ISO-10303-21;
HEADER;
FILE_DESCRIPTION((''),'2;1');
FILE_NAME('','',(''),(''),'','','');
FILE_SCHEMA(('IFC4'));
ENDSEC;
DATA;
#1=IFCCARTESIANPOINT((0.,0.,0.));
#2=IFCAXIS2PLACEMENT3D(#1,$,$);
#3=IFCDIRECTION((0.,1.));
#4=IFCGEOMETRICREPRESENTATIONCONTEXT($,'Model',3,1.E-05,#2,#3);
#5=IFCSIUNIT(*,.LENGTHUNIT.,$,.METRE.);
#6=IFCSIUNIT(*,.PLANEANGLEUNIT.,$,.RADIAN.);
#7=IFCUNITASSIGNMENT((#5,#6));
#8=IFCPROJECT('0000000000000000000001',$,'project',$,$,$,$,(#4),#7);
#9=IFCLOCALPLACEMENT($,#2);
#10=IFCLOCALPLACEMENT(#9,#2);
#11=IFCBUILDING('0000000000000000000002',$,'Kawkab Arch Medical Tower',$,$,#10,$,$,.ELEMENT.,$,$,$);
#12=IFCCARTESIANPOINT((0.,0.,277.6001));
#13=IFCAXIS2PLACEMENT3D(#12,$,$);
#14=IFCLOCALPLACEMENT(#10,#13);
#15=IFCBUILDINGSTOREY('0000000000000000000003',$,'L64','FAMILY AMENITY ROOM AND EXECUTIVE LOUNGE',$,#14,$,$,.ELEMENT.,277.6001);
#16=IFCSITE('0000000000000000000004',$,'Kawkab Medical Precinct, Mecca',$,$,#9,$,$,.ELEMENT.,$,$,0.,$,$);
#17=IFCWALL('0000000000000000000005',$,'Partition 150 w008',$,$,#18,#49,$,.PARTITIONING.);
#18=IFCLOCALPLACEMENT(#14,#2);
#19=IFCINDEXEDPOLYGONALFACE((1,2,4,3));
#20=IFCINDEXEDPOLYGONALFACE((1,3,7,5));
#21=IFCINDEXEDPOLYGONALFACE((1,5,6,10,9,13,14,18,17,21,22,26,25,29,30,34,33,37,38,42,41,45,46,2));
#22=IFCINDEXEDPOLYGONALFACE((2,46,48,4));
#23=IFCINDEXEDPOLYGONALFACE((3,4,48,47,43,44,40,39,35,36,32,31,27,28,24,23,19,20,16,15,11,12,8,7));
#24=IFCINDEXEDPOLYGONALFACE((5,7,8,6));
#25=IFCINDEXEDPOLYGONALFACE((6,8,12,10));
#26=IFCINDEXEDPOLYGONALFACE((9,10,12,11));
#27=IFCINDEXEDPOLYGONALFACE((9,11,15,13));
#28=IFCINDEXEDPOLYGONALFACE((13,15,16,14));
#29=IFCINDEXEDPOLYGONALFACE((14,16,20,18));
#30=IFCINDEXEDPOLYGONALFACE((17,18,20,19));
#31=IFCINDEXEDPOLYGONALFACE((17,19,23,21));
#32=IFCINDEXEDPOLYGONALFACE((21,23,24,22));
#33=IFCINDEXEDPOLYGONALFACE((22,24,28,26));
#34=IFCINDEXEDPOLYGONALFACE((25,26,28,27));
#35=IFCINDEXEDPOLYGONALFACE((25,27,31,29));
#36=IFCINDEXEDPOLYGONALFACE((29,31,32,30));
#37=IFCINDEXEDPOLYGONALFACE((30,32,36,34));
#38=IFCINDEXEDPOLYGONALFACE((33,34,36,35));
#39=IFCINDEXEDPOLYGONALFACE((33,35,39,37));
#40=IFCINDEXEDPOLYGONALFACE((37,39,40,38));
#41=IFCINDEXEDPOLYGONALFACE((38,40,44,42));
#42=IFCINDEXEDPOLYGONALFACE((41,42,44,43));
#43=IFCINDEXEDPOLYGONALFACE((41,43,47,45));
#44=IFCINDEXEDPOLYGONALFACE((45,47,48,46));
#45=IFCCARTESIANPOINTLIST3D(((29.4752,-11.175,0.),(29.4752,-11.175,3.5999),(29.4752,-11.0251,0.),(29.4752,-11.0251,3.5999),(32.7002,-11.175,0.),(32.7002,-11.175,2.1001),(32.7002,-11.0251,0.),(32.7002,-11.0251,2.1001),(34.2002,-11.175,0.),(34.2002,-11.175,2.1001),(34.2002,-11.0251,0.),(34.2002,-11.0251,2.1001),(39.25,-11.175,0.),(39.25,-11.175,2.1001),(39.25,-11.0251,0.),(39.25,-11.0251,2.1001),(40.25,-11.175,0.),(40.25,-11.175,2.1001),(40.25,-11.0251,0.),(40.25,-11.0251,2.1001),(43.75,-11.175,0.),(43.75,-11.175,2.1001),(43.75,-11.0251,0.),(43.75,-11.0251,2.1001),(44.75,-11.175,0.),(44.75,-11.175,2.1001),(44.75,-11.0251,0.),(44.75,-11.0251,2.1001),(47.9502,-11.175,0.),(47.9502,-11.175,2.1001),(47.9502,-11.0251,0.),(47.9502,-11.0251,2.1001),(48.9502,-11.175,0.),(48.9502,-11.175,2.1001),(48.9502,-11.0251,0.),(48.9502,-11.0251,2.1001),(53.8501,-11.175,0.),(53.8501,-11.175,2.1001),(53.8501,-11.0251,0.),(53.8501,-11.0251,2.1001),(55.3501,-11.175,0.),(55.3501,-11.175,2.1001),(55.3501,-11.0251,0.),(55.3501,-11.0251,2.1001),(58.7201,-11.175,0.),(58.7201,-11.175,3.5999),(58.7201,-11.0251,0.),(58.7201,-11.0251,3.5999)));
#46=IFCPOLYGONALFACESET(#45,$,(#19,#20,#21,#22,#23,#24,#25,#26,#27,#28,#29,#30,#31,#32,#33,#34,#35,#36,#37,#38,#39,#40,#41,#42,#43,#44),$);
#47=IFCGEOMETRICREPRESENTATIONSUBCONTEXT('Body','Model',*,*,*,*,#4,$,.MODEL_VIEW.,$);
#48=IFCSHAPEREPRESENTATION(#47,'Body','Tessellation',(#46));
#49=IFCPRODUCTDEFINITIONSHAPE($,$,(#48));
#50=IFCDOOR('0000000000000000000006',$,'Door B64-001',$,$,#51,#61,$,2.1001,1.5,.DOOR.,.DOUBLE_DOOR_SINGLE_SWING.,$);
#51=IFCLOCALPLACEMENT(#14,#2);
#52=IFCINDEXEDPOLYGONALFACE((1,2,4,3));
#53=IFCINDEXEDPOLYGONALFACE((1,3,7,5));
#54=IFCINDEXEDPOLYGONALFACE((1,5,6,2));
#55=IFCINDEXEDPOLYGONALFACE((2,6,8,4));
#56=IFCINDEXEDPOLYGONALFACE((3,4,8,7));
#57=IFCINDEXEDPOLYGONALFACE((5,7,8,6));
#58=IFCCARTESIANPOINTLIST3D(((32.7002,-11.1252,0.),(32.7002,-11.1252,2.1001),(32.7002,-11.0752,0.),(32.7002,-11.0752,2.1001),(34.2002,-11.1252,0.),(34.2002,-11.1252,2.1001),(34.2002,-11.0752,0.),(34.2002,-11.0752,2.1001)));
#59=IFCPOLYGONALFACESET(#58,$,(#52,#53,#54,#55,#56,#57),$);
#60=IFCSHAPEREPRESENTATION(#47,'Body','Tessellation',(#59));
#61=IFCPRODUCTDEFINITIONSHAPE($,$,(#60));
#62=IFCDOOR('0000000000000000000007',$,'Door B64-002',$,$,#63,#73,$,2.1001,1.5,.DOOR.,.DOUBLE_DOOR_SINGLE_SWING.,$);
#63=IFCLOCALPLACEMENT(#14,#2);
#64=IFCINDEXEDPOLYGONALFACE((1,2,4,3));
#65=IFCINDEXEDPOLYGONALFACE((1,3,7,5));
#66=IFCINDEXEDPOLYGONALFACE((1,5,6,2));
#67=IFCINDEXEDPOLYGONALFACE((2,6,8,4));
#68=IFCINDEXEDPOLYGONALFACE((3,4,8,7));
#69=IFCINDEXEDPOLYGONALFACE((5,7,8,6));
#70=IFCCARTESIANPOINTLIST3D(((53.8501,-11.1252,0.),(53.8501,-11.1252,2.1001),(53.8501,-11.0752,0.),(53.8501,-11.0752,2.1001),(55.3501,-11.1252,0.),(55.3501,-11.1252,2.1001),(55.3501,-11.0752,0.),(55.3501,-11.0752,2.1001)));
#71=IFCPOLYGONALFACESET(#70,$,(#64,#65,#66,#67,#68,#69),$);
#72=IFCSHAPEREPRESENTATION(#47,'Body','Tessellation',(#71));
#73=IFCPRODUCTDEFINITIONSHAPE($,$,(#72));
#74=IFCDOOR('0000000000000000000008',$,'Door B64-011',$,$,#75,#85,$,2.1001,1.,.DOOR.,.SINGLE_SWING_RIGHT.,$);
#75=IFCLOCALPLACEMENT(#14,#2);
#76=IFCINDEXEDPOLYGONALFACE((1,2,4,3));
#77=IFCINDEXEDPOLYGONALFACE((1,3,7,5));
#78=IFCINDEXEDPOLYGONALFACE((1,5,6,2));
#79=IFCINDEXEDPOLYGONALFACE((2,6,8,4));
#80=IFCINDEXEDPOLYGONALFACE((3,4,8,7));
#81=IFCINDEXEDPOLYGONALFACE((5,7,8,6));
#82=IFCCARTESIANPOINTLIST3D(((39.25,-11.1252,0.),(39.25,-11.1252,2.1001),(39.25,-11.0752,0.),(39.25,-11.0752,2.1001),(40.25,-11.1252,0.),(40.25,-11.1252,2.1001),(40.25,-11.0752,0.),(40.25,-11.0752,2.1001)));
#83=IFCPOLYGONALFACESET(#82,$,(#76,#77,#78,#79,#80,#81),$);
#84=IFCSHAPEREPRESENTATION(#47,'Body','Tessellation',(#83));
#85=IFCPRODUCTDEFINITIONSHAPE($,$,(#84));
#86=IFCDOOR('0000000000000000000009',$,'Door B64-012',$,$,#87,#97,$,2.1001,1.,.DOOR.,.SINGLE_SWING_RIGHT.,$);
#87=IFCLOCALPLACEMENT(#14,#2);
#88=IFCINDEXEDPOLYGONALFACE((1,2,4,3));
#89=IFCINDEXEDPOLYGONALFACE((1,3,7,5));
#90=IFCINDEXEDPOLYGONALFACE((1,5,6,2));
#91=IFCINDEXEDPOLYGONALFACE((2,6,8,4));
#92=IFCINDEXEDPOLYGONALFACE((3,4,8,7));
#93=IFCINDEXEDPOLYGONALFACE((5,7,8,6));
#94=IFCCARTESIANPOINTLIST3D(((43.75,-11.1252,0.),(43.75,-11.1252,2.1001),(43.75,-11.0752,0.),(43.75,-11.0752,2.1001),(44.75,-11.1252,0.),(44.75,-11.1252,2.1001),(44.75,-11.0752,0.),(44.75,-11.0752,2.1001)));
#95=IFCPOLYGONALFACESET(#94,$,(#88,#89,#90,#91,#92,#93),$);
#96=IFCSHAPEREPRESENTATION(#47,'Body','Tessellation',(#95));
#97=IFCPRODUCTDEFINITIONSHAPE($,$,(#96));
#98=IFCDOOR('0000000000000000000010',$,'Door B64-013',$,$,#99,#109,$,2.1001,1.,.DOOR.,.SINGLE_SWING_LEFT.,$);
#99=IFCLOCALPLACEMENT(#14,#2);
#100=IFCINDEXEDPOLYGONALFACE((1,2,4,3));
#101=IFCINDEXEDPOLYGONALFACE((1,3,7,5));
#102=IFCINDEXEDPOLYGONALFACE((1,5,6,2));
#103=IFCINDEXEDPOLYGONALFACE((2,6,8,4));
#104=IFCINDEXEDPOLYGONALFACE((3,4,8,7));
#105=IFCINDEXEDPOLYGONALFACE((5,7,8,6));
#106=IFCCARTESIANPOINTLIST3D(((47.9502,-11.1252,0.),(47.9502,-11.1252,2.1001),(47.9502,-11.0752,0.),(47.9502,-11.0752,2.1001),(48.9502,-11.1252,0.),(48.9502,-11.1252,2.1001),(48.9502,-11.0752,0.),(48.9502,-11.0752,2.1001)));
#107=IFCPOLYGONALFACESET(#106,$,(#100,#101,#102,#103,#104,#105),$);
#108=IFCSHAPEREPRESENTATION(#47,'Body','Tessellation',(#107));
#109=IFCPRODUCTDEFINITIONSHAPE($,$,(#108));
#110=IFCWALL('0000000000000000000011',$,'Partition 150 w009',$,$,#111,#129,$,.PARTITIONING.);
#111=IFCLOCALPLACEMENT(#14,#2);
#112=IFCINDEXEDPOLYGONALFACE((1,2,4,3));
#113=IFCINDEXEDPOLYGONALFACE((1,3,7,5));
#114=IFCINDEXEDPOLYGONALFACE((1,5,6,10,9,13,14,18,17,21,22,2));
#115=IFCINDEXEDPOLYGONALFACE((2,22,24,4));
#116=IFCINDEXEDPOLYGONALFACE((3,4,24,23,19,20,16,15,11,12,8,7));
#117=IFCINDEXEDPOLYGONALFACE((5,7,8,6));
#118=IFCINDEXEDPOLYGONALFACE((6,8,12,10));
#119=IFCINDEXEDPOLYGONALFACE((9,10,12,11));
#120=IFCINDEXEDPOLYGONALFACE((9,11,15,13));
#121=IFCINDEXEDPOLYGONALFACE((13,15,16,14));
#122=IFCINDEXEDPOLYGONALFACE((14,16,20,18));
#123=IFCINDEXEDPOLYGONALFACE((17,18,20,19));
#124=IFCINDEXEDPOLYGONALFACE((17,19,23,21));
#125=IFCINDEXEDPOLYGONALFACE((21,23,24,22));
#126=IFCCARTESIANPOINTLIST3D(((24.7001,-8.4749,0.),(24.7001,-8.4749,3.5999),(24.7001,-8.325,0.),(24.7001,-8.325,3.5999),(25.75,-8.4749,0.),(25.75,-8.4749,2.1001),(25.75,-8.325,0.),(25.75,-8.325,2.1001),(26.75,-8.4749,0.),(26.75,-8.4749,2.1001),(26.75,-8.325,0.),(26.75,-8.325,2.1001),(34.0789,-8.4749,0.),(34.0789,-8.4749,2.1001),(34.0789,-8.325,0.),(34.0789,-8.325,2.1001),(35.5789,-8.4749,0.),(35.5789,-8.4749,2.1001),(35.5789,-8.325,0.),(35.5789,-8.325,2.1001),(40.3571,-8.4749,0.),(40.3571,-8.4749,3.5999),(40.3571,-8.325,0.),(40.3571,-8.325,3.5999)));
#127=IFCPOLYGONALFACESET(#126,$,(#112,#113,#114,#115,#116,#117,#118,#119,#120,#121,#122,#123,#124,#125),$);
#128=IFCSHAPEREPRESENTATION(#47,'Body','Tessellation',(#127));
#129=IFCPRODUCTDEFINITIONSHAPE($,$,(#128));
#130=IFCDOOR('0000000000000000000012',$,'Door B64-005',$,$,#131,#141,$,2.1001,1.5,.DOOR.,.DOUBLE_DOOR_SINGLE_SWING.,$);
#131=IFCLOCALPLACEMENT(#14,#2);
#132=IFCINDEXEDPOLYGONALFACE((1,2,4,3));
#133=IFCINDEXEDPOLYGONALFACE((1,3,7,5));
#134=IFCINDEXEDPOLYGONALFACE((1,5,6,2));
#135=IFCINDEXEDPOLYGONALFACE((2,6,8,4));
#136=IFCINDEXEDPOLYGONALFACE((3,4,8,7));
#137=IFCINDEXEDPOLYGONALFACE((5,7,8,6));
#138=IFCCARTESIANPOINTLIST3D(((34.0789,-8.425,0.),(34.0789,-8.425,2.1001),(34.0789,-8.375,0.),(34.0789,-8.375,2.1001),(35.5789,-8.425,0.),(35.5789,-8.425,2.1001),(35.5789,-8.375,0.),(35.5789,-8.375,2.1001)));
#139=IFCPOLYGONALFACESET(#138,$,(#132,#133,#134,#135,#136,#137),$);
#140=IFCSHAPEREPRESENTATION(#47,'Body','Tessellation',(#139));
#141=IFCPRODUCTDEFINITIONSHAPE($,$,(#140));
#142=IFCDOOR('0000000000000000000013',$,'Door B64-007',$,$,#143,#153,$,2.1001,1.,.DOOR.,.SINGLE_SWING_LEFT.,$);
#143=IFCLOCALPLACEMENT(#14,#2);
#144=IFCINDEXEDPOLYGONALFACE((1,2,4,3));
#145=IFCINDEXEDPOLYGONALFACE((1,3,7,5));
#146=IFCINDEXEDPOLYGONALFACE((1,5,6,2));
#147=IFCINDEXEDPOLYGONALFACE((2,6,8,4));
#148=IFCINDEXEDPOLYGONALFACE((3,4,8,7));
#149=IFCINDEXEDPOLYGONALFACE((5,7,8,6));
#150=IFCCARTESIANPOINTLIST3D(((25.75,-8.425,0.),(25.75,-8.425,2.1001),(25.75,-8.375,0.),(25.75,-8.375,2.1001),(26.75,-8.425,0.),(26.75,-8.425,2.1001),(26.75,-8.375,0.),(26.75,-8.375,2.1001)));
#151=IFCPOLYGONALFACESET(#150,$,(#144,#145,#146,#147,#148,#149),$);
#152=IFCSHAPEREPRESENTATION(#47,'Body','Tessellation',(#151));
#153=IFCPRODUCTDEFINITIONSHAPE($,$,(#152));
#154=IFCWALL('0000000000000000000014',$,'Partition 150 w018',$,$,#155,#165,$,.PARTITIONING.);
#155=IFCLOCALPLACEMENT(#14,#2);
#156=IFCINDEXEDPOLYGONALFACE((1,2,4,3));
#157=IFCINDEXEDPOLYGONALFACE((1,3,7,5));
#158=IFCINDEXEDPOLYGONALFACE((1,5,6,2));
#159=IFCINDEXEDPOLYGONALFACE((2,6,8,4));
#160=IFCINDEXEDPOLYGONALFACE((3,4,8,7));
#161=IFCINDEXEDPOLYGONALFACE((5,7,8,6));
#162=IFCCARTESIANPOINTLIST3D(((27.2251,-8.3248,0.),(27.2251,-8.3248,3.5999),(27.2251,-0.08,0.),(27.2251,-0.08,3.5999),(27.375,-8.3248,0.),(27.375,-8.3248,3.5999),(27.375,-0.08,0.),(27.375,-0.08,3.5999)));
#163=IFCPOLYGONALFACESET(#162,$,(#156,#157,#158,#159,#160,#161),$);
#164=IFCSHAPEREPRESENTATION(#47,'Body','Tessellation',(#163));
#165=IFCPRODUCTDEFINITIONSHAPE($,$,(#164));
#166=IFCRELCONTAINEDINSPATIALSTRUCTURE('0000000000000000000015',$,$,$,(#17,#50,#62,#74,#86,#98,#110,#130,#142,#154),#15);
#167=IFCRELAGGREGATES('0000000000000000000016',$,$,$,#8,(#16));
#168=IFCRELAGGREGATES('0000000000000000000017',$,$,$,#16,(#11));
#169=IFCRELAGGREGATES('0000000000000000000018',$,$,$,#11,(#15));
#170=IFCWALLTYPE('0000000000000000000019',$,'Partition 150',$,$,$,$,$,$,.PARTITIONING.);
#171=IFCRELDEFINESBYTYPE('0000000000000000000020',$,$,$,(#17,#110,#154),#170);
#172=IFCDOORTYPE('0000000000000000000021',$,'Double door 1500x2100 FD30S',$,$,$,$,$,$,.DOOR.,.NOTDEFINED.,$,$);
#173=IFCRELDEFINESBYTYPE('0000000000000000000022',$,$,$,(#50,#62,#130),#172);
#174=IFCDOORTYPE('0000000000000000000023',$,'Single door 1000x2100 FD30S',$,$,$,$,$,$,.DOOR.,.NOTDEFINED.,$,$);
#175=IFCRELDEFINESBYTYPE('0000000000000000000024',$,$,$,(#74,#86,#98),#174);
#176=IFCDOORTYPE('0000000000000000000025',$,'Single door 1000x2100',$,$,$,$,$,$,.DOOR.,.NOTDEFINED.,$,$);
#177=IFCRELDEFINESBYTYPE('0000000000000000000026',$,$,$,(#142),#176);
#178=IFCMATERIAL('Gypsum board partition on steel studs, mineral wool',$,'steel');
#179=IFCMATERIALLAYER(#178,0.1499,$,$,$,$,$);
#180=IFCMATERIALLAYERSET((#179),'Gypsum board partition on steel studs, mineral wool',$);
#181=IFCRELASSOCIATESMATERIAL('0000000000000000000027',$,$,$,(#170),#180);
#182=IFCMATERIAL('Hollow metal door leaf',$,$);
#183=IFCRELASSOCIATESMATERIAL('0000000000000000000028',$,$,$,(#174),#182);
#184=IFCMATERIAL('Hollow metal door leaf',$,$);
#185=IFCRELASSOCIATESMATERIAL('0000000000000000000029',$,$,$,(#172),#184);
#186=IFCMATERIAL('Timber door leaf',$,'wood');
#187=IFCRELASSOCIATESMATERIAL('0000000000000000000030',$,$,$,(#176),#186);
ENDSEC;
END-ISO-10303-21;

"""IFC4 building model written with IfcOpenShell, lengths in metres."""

from ifc_helpers import new_model, si_unit, direction, frame, frame_2d, origin, place, context, subcontext, project, spatial, rectangle, extrude, material, layer, layer_set, type_object, element, fill, save


model = new_model("IFC4")

# Units and contexts
model_context = context("Model", 3, precision=1e-05, world=origin(), true_north=direction((0.0, 1.0)))
body_context = subcontext(model_context, "Body", "Model", "MODEL_VIEW")
ifc_project = project(units=[si_unit("LENGTHUNIT", "METRE"), si_unit("PLANEANGLEUNIT", "RADIAN")], contexts=[model_context])

# Site, building, storey
site_placement = place(None, origin())
site = spatial("IfcSite", under=ifc_project, at=site_placement, Name="Kawkab Medical Precinct, Mecca", CompositionType="ELEMENT", RefElevation=0.0)
building_placement = place(site_placement, origin())
building = spatial("IfcBuilding", under=site, at=building_placement, Name="Kawkab Arch Medical Tower", CompositionType="ELEMENT")
storey_placement = place(building_placement, frame((0.0, 0.0, 277.6001)))
storey = spatial("IfcBuildingStorey", under=building, at=storey_placement, Name="L64", Description="FAMILY AMENITY ROOM AND EXECUTIVE LOUNGE", CompositionType="ELEMENT", Elevation=277.6001)

# Shared definitions
ifc_material_1 = material(Name="Gypsum board partition on steel studs, mineral wool", Category="steel")
ifc_layer_1 = layer(ifc_material_1, 0.1499)
ifc_layer_set_1 = layer_set([ifc_layer_1], Name="Gypsum board partition on steel studs, mineral wool")
wall_type_1 = type_object("IfcWallType", Name="Partition 150", PredefinedType="PARTITIONING", material=ifc_layer_set_1)
ifc_material_2 = material(Name="Hollow metal door leaf")
door_type_1 = type_object("IfcDoorType", Name="Single door 1000x2100 FD30S", OperationType="NOTDEFINED", PredefinedType="DOOR", material=ifc_material_2)

# Walls, openings, doors
wall_1_placement = place(storey_placement, frame((29.4751, -11.1001, 0.0), z_axis=(0.0, 0.0, 1.0), x_axis=(1.0, 0.0, 0.0)))
wall_1 = element("IfcWall", 1, at=wall_1_placement, inside=storey, type_object=wall_type_1, Name="Partition 150 w008", PredefinedType="PARTITIONING", context=body_context, shape_type="SweptSolid", body=[
    extrude(rectangle(XDim=29.2449, YDim=0.1499, at=frame_2d((14.6226, 0.0))), origin(), (0.0, 0.0, 1.0), 3.5999),
])
opening_1_placement = place(wall_1_placement, frame((3.2251, 0.0, 0.0)))
opening_1 = element("IfcOpeningElement", 2, at=opening_1_placement, cuts=wall_1, PredefinedType="OPENING", context=body_context, shape_type="SweptSolid", body=[
    extrude(rectangle(XDim=1.5, YDim=2.1001, at=frame_2d((0.75, 1.05))), frame((0.0, 0.085, 0.0), z_axis=(0.0, -1.0, 0.0), x_axis=(1.0, 0.0, 0.0)), (0.0, 0.0, 1.0), 0.1699),
])
opening_2_placement = place(wall_1_placement, frame((9.7749, 0.0, 0.0)))
opening_2 = element("IfcOpeningElement", 3, at=opening_2_placement, cuts=wall_1, PredefinedType="OPENING", context=body_context, shape_type="SweptSolid", body=[
    extrude(rectangle(XDim=1.0, YDim=2.1001, at=frame_2d((0.5, 1.05))), frame((0.0, 0.085, 0.0), z_axis=(0.0, -1.0, 0.0), x_axis=(1.0, 0.0, 0.0)), (0.0, 0.0, 1.0), 0.1699),
])
opening_3_placement = place(wall_1_placement, frame((14.2749, 0.0, 0.0)))
opening_3 = element("IfcOpeningElement", 4, at=opening_3_placement, cuts=wall_1, PredefinedType="OPENING", context=body_context, shape_type="SweptSolid", body=[
    extrude(rectangle(XDim=1.0, YDim=2.1001, at=frame_2d((0.5, 1.05))), frame((0.0, 0.085, 0.0), z_axis=(0.0, -1.0, 0.0), x_axis=(1.0, 0.0, 0.0)), (0.0, 0.0, 1.0), 0.1699),
])
opening_4_placement = place(wall_1_placement, frame((18.4751, 0.0, 0.0)))
opening_4 = element("IfcOpeningElement", 5, at=opening_4_placement, cuts=wall_1, PredefinedType="OPENING", context=body_context, shape_type="SweptSolid", body=[
    extrude(rectangle(XDim=1.0, YDim=2.1001, at=frame_2d((0.5, 1.05))), frame((0.0, 0.085, 0.0), z_axis=(0.0, -1.0, 0.0), x_axis=(1.0, 0.0, 0.0)), (0.0, 0.0, 1.0), 0.1699),
])
opening_5_placement = place(wall_1_placement, frame((24.375, 0.0, 0.0)))
opening_5 = element("IfcOpeningElement", 6, at=opening_5_placement, cuts=wall_1, PredefinedType="OPENING", context=body_context, shape_type="SweptSolid", body=[
    extrude(rectangle(XDim=1.5, YDim=2.1001, at=frame_2d((0.75, 1.05))), frame((0.0, 0.085, 0.0), z_axis=(0.0, -1.0, 0.0), x_axis=(1.0, 0.0, 0.0)), (0.0, 0.0, 1.0), 0.1699),
])
ifc_material_3 = material(Name="Hollow metal door leaf")
door_type_2 = type_object("IfcDoorType", Name="Double door 1500x2100 FD30S", OperationType="NOTDEFINED", PredefinedType="DOOR", material=ifc_material_3)
door_1_placement = place(opening_1_placement, origin())
door_1 = element("IfcDoor", 7, at=door_1_placement, inside=storey, type_object=door_type_2, Name="Door B64-001", OperationType="DOUBLE_DOOR_SINGLE_SWING", OverallHeight=2.1001, OverallWidth=1.5, PredefinedType="DOOR", context=body_context, shape_type="SweptSolid", body=[
    extrude(rectangle(XDim=1.5, YDim=2.1001, at=frame_2d((0.75, 1.05))), frame((0.0, 0.0249, 0.0), z_axis=(0.0, -1.0, 0.0), x_axis=(1.0, 0.0, 0.0)), (0.0, 0.0, 1.0), 0.05),
])
fill(opening_1, door_1)
door_2_placement = place(opening_5_placement, origin())
door_2 = element("IfcDoor", 8, at=door_2_placement, inside=storey, type_object=door_type_2, Name="Door B64-002", OperationType="DOUBLE_DOOR_SINGLE_SWING", OverallHeight=2.1001, OverallWidth=1.5, PredefinedType="DOOR", context=body_context, shape_type="SweptSolid", body=[
    extrude(rectangle(XDim=1.5, YDim=2.1001, at=frame_2d((0.75, 1.05))), frame((0.0, 0.0249, 0.0), z_axis=(0.0, -1.0, 0.0), x_axis=(1.0, 0.0, 0.0)), (0.0, 0.0, 1.0), 0.05),
])
fill(opening_5, door_2)
door_3_placement = place(opening_2_placement, origin())
door_3 = element("IfcDoor", 9, at=door_3_placement, inside=storey, type_object=door_type_1, Name="Door B64-011", OperationType="SINGLE_SWING_RIGHT", OverallHeight=2.1001, OverallWidth=1.0, PredefinedType="DOOR", context=body_context, shape_type="SweptSolid", body=[
    extrude(rectangle(XDim=1.0, YDim=2.1001, at=frame_2d((0.5, 1.05))), frame((0.0, 0.0249, 0.0), z_axis=(0.0, -1.0, 0.0), x_axis=(1.0, 0.0, 0.0)), (0.0, 0.0, 1.0), 0.05),
])
fill(opening_2, door_3)
door_4_placement = place(opening_3_placement, origin())
door_4 = element("IfcDoor", 10, at=door_4_placement, inside=storey, type_object=door_type_1, Name="Door B64-012", OperationType="SINGLE_SWING_RIGHT", OverallHeight=2.1001, OverallWidth=1.0, PredefinedType="DOOR", context=body_context, shape_type="SweptSolid", body=[
    extrude(rectangle(XDim=1.0, YDim=2.1001, at=frame_2d((0.5, 1.05))), frame((0.0, 0.0249, 0.0), z_axis=(0.0, -1.0, 0.0), x_axis=(1.0, 0.0, 0.0)), (0.0, 0.0, 1.0), 0.05),
])
fill(opening_3, door_4)
door_5_placement = place(opening_4_placement, origin())
door_5 = element("IfcDoor", 11, at=door_5_placement, inside=storey, type_object=door_type_1, Name="Door B64-013", OperationType="SINGLE_SWING_LEFT", OverallHeight=2.1001, OverallWidth=1.0, PredefinedType="DOOR", context=body_context, shape_type="SweptSolid", body=[
    extrude(rectangle(XDim=1.0, YDim=2.1001, at=frame_2d((0.5, 1.05))), frame((0.0, 0.0249, 0.0), z_axis=(0.0, -1.0, 0.0), x_axis=(1.0, 0.0, 0.0)), (0.0, 0.0, 1.0), 0.05),
])
fill(opening_4, door_5)
wall_2_placement = place(storey_placement, frame((24.7, -8.3999, 0.0), z_axis=(0.0, 0.0, 1.0), x_axis=(1.0, 0.0, 0.0)))
wall_2 = element("IfcWall", 12, at=wall_2_placement, inside=storey, type_object=wall_type_1, Name="Partition 150 w009", PredefinedType="PARTITIONING", context=body_context, shape_type="SweptSolid", body=[
    extrude(rectangle(XDim=15.657, YDim=0.1499, at=frame_2d((7.8286, 0.0))), origin(), (0.0, 0.0, 1.0), 3.5999),
])
opening_6_placement = place(wall_2_placement, frame((1.05, 0.0, 0.0)))
opening_6 = element("IfcOpeningElement", 13, at=opening_6_placement, cuts=wall_2, PredefinedType="OPENING", context=body_context, shape_type="SweptSolid", body=[
    extrude(rectangle(XDim=1.0, YDim=2.1001, at=frame_2d((0.5, 1.05))), frame((0.0, 0.085, 0.0), z_axis=(0.0, -1.0, 0.0), x_axis=(1.0, 0.0, 0.0)), (0.0, 0.0, 1.0), 0.1699),
])
opening_7_placement = place(wall_2_placement, frame((9.3789, 0.0, 0.0)))
opening_7 = element("IfcOpeningElement", 14, at=opening_7_placement, cuts=wall_2, PredefinedType="OPENING", context=body_context, shape_type="SweptSolid", body=[
    extrude(rectangle(XDim=1.5, YDim=2.1001, at=frame_2d((0.75, 1.05))), frame((0.0, 0.085, 0.0), z_axis=(0.0, -1.0, 0.0), x_axis=(1.0, 0.0, 0.0)), (0.0, 0.0, 1.0), 0.1699),
])
door_6_placement = place(opening_7_placement, origin())
door_6 = element("IfcDoor", 15, at=door_6_placement, inside=storey, type_object=door_type_2, Name="Door B64-005", OperationType="DOUBLE_DOOR_SINGLE_SWING", OverallHeight=2.1001, OverallWidth=1.5, PredefinedType="DOOR", context=body_context, shape_type="SweptSolid", body=[
    extrude(rectangle(XDim=1.5, YDim=2.1001, at=frame_2d((0.75, 1.05))), frame((0.0, 0.0249, 0.0), z_axis=(0.0, -1.0, 0.0), x_axis=(1.0, 0.0, 0.0)), (0.0, 0.0, 1.0), 0.05),
])
fill(opening_7, door_6)
ifc_material_4 = material(Name="Timber door leaf", Category="wood")
door_type_3 = type_object("IfcDoorType", Name="Single door 1000x2100", OperationType="NOTDEFINED", PredefinedType="DOOR", material=ifc_material_4)
door_7_placement = place(opening_6_placement, origin())
door_7 = element("IfcDoor", 16, at=door_7_placement, inside=storey, type_object=door_type_3, Name="Door B64-007", OperationType="SINGLE_SWING_LEFT", OverallHeight=2.1001, OverallWidth=1.0, PredefinedType="DOOR", context=body_context, shape_type="SweptSolid", body=[
    extrude(rectangle(XDim=1.0, YDim=2.1001, at=frame_2d((0.5, 1.05))), frame((0.0, 0.0249, 0.0), z_axis=(0.0, -1.0, 0.0), x_axis=(1.0, 0.0, 0.0)), (0.0, 0.0, 1.0), 0.05),
])
fill(opening_6, door_7)

# Wall
wall_3_placement = place(storey_placement, frame((27.3, -8.325, 0.0), z_axis=(0.0, 0.0, 1.0), x_axis=(0.0, 1.0, 0.0)))
element("IfcWall", 17, at=wall_3_placement, inside=storey, type_object=wall_type_1, Name="Partition 150 w018", PredefinedType="PARTITIONING", context=body_context, shape_type="SweptSolid", body=[
    extrude(rectangle(XDim=8.2449, YDim=0.1499, at=frame_2d((4.1226, 0.0))), origin(), (0.0, 0.0, 1.0), 3.5999),
])

save(model, "model.ifc")
